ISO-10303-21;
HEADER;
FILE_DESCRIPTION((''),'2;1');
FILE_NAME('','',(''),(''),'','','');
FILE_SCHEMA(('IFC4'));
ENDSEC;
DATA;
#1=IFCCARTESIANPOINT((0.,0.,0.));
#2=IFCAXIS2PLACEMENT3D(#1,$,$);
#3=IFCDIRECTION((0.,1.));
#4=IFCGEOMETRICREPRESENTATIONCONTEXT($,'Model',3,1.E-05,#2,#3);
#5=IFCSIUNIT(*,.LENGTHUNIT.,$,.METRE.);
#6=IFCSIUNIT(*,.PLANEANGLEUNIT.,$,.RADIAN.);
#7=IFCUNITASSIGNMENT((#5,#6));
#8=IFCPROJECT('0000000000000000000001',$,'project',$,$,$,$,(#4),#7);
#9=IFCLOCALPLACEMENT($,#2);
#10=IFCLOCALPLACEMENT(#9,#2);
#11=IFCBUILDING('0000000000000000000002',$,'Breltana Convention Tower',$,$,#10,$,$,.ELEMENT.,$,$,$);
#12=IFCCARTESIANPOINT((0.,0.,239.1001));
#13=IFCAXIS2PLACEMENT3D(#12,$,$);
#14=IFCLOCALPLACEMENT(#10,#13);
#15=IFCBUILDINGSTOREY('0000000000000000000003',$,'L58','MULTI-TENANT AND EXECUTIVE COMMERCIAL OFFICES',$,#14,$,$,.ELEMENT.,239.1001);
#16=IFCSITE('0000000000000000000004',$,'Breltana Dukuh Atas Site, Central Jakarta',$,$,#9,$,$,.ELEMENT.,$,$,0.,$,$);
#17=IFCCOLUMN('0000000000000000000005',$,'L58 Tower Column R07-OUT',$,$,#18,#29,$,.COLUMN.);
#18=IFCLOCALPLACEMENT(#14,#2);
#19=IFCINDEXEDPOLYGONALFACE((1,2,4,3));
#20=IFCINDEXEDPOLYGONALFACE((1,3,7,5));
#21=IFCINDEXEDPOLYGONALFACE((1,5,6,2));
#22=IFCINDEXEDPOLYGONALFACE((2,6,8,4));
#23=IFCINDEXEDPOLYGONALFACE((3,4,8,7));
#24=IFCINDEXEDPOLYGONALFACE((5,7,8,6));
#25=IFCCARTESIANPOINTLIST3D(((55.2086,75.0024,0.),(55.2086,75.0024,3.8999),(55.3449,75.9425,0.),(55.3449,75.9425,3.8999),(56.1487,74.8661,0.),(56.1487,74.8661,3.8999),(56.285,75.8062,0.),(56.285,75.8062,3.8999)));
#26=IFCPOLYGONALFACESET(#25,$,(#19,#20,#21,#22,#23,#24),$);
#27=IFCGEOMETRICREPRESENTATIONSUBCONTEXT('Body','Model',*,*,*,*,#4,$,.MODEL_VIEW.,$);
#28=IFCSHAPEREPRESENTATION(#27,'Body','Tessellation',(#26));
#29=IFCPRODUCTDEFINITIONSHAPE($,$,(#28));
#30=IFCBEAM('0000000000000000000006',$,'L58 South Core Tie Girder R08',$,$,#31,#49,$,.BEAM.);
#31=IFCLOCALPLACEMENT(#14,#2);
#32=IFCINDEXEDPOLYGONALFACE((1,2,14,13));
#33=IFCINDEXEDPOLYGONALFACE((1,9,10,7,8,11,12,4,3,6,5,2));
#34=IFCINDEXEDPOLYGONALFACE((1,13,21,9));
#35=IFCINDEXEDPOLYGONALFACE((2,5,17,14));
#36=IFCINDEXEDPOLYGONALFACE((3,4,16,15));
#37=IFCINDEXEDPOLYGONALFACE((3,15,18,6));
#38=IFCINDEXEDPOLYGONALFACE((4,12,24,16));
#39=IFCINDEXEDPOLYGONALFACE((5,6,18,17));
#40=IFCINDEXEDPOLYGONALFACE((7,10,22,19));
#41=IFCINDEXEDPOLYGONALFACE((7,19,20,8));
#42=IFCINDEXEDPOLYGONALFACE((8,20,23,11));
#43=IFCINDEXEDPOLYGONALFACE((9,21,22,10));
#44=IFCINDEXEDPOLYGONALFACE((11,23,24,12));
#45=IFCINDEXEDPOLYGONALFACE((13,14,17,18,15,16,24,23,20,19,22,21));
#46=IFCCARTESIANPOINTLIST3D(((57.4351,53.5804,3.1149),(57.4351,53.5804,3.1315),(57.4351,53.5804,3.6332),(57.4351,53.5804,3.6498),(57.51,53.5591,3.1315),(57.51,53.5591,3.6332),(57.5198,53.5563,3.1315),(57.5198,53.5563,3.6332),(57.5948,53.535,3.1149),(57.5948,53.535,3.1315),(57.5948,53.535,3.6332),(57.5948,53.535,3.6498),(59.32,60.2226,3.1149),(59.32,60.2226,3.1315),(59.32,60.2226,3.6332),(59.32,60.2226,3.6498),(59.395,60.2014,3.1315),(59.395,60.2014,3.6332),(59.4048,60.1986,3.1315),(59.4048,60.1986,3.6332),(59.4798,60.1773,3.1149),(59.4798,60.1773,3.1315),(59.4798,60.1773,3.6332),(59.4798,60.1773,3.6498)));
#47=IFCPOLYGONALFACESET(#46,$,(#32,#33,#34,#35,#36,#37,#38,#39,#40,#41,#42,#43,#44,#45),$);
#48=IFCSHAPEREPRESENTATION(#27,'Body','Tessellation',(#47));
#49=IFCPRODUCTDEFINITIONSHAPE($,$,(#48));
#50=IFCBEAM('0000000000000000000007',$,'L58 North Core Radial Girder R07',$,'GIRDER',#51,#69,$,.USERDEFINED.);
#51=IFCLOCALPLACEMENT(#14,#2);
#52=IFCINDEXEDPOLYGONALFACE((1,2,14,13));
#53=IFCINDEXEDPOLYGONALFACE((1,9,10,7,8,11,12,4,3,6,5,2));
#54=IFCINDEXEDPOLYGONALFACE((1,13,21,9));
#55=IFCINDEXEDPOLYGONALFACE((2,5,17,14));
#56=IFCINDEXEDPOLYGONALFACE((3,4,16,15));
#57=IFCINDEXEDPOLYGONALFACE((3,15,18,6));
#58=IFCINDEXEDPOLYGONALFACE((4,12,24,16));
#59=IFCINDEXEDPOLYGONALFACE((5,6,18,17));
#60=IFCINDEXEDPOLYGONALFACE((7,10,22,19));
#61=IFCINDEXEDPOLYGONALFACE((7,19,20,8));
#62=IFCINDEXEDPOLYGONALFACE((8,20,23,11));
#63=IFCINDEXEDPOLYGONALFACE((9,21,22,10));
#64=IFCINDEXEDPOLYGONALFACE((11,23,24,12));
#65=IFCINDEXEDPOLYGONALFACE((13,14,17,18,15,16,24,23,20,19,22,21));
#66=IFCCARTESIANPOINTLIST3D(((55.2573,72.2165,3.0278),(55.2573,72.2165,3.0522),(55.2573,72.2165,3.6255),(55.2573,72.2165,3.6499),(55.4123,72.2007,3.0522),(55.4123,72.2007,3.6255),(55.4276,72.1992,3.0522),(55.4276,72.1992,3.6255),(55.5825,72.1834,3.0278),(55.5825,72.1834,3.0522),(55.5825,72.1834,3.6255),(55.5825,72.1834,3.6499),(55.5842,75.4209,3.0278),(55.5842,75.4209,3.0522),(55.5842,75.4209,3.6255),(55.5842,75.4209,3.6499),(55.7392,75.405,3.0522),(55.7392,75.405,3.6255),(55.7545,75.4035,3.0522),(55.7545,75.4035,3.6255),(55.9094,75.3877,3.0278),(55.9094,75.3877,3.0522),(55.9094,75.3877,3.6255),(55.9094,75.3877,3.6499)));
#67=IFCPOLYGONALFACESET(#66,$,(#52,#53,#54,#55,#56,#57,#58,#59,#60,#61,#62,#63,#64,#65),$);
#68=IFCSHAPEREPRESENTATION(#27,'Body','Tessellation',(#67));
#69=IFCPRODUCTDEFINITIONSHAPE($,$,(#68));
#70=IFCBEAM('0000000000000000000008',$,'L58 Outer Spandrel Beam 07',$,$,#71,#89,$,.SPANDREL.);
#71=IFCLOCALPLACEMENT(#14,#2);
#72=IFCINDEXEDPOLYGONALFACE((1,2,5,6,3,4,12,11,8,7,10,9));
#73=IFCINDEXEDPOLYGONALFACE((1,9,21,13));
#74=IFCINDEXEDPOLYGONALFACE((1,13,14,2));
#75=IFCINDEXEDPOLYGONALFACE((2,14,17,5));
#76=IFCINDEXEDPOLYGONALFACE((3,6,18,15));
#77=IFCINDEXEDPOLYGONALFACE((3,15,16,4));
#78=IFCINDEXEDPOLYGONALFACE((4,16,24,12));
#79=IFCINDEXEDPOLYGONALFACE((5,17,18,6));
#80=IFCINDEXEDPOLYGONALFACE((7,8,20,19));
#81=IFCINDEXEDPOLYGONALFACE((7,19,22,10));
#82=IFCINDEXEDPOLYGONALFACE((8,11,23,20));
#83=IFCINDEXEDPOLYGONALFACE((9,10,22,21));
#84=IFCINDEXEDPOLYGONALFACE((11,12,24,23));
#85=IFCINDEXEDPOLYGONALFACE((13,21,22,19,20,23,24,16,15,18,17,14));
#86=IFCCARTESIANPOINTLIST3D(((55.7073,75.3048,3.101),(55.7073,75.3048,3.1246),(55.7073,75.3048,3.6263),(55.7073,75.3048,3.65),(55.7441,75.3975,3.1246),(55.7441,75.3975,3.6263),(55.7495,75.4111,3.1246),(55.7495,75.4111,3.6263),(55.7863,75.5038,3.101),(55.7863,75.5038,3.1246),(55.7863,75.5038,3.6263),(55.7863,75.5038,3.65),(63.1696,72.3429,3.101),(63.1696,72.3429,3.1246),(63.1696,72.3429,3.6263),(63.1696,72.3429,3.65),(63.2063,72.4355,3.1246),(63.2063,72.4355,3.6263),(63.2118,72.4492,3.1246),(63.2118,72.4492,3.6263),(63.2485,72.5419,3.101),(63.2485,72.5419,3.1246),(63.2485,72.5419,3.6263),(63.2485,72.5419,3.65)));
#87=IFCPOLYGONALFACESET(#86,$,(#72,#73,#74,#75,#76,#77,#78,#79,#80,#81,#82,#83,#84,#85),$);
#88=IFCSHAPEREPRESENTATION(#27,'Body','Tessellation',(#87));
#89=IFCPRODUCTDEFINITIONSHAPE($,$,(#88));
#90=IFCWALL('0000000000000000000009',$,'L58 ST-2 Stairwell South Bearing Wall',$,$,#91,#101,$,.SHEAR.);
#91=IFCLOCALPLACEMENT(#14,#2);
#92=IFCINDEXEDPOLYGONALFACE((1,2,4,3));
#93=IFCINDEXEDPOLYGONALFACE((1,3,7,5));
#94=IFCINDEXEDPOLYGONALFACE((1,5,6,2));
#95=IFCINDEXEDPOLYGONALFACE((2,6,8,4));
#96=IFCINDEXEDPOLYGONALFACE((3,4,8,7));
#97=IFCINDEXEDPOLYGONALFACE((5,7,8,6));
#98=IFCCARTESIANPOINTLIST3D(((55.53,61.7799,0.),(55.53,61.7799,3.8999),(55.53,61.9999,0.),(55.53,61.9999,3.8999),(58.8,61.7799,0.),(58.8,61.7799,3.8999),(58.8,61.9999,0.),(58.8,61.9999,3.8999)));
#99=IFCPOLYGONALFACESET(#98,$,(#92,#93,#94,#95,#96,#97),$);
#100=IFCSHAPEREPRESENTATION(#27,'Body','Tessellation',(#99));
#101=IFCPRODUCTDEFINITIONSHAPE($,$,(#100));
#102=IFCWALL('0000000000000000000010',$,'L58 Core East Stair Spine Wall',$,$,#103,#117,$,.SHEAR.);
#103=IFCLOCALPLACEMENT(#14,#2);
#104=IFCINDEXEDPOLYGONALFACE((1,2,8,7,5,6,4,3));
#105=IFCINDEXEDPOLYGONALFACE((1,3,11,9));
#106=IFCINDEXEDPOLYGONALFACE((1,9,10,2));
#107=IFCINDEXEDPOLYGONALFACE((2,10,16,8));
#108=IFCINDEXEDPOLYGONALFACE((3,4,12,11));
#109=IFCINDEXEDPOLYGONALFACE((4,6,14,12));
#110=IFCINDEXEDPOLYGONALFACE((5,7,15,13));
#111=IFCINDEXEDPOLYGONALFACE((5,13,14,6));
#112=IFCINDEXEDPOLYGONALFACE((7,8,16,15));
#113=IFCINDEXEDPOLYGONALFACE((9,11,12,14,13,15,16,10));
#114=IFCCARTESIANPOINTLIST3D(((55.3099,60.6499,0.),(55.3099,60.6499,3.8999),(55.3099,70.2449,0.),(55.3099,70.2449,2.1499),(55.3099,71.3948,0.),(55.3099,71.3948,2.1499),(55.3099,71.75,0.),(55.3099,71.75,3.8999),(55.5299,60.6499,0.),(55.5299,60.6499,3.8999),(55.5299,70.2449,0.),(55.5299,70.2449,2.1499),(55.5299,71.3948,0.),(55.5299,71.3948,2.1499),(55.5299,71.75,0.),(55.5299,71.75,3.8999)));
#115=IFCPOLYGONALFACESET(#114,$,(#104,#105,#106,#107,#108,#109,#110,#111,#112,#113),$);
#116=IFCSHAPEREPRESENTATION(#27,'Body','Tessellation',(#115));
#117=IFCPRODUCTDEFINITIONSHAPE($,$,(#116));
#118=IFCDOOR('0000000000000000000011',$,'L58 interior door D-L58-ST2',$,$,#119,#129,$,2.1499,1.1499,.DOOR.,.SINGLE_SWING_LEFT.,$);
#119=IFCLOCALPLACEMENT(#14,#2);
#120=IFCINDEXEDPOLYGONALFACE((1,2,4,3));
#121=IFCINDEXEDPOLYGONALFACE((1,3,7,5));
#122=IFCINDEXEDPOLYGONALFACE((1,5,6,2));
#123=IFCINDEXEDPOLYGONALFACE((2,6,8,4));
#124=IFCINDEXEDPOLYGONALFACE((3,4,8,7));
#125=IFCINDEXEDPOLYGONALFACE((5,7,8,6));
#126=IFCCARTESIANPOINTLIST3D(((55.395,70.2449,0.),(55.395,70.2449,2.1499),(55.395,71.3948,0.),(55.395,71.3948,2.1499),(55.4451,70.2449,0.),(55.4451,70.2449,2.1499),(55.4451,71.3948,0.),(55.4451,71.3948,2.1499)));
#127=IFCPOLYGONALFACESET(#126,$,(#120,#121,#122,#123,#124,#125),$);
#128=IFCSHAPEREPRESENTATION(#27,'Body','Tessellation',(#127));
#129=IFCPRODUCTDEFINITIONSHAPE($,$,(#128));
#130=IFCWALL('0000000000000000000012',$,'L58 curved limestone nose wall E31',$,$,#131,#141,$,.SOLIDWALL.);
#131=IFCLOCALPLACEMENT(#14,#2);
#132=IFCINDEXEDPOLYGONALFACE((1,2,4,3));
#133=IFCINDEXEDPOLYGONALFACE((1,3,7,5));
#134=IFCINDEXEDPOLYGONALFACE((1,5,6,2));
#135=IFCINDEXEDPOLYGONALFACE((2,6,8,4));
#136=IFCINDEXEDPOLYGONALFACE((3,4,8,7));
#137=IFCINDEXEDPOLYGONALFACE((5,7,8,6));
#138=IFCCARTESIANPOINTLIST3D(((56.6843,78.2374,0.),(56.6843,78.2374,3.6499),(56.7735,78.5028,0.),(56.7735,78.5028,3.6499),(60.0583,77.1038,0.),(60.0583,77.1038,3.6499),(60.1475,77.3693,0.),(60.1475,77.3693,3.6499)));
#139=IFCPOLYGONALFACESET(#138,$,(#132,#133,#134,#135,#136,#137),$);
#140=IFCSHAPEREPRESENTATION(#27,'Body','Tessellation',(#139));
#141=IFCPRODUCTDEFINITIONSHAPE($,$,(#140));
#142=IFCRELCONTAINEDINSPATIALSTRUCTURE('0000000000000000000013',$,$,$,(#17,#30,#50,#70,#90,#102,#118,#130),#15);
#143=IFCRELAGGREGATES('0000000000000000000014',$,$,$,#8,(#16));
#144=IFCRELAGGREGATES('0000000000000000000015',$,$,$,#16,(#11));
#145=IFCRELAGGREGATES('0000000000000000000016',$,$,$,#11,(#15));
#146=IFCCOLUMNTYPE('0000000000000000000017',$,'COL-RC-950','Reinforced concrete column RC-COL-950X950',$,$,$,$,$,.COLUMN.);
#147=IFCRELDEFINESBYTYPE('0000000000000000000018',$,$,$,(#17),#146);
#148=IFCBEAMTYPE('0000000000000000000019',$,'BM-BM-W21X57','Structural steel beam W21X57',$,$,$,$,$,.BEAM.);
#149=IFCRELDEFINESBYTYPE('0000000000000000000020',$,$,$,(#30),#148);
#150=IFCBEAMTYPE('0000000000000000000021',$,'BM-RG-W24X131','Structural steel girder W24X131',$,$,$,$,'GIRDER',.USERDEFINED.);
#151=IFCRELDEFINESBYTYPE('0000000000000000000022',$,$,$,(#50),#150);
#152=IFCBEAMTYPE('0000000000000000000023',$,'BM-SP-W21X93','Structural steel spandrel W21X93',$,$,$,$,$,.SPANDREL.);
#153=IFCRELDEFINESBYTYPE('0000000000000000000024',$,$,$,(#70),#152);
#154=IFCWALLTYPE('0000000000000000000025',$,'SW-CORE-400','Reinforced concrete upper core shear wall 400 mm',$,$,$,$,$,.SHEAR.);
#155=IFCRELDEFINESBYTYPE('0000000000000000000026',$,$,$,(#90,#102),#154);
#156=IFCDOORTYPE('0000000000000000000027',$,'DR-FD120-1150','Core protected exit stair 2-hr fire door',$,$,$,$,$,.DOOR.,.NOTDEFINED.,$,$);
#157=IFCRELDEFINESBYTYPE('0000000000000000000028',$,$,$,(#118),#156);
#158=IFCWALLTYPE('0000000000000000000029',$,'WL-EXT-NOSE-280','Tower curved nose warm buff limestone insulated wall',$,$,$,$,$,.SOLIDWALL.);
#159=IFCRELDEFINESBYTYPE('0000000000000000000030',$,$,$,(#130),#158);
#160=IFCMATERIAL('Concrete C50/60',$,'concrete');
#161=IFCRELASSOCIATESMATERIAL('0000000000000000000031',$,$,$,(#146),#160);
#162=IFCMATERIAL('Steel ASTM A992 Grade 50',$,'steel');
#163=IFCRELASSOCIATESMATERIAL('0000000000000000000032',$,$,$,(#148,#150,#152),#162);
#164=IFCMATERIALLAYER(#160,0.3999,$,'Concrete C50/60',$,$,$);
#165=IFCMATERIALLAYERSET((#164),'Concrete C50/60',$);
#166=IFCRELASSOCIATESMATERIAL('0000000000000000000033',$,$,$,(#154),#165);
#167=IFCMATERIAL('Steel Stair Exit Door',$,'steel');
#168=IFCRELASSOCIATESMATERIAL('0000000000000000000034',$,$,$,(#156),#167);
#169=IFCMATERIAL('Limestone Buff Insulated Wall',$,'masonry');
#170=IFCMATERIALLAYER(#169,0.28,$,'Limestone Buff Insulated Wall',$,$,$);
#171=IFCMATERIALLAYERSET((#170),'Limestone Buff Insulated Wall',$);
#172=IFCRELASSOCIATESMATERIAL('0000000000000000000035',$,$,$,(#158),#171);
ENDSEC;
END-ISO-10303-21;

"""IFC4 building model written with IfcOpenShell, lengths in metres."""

from ifc_helpers import new_model, si_unit, direction, frame, frame_2d, origin, origin_2d, place, context, subcontext, project, spatial, rectangle, i_section, extrude, source, transform, mapped, material, layer, layer_set, material_profile, profile_set, type_object, type_shapes, element, fill, save


model = new_model("IFC4")

# Units and contexts
model_context = context("Model", 3, precision=1e-05, world=origin(), true_north=direction((0.0, 1.0)))
body_context = subcontext(model_context, "Body", "Model", "MODEL_VIEW")
ifc_project = project(units=[si_unit("LENGTHUNIT", "METRE"), si_unit("PLANEANGLEUNIT", "RADIAN")], contexts=[model_context])

# Site, building, storey
site_placement = place(None, origin())
site = spatial("IfcSite", under=ifc_project, at=site_placement, Name="Breltana Dukuh Atas Site, Central Jakarta", CompositionType="ELEMENT", RefElevation=0.0)
building_placement = place(site_placement, origin())
building = spatial("IfcBuilding", under=site, at=building_placement, Name="Breltana Convention Tower", CompositionType="ELEMENT")
storey_placement = place(building_placement, frame((0.0, 0.0, 239.1001)))
storey = spatial("IfcBuildingStorey", under=building, at=storey_placement, Name="L58", Description="MULTI-TENANT AND EXECUTIVE COMMERCIAL OFFICES", CompositionType="ELEMENT", Elevation=239.1001)

# Column
ifc_material_1 = material(Name="Concrete C50/60", Category="concrete")
ifc_material_profile_1 = material_profile(ifc_material_1, rectangle(XDim=0.95, YDim=0.95, at=origin_2d()), Name="RC-COL-950X950")
ifc_profile_set_1 = profile_set([ifc_material_profile_1], Name="Concrete C50/60")
column_type = type_object("IfcColumnType", Name="COL-RC-950", Description="Reinforced concrete column RC-COL-950X950", PredefinedType="COLUMN", material=ifc_profile_set_1)
shared_shape_1 = source(origin(), body_context, "Body", "SweptSolid", [
    extrude(rectangle(XDim=0.95, YDim=0.95, at=origin_2d()), origin(), (0.0, 0.0, 1.0), 3.8999),
])
column_placement = place(storey_placement, frame((55.7468, 75.4043, 0.0), z_axis=(0.0, 0.0, 1.0), x_axis=(0.143493, 0.989651, 0.0)))
element("IfcColumn", 1, at=column_placement, inside=storey, type_object=column_type, Name="L58 Tower Column R07-OUT", PredefinedType="COLUMN", context=body_context, shape_type="MappedRepresentation", body=[
    mapped(shared_shape_1, transform((0.0, 0.0, 0.0), scale=1.0)),
])

# Beams
ifc_material_2 = material(Name="Steel ASTM A992 Grade 50", Category="steel")
ifc_material_profile_2 = material_profile(ifc_material_2, i_section(OverallWidth=0.166, OverallDepth=0.5349, WebThickness=0.0103, FlangeThickness=0.0166, at=origin_2d()), Name="W21X57")
ifc_profile_set_2 = profile_set([ifc_material_profile_2], Name="Steel ASTM A992 Grade 50")
beam_type_1 = type_object("IfcBeamType", Name="BM-BM-W21X57", Description="Structural steel beam W21X57", PredefinedType="BEAM", material=ifc_profile_set_2)
shared_shape_2 = source(origin(), body_context, "Body", "SweptSolid", [
    extrude(i_section(OverallWidth=0.166, OverallDepth=0.5349, WebThickness=0.0103, FlangeThickness=0.0166, at=origin_2d()), origin(), (0.0, 0.0, 1.0), 6.9045),
])
type_shapes(beam_type_1, [shared_shape_2])
beam_1_placement = place(storey_placement, frame((59.3999, 60.2, 3.3823), z_axis=(-0.273007, -0.962012, 0.0), x_axis=(0.962012, -0.273007, 0.0)))
element("IfcBeam", 2, at=beam_1_placement, inside=storey, type_object=beam_type_1, Name="L58 South Core Tie Girder R08", PredefinedType="BEAM", context=body_context, shape_type="MappedRepresentation", body=[
    mapped(shared_shape_2, transform((0.0, 0.0, 0.0), scale=1.0)),
])
ifc_material_profile_3 = material_profile(ifc_material_2, i_section(OverallWidth=0.3269, OverallDepth=0.6221, WebThickness=0.0154, FlangeThickness=0.0244, at=origin_2d()), Name="W24X131")
ifc_profile_set_3 = profile_set([ifc_material_profile_3], Name="Steel ASTM A992 Grade 50")
beam_type_2 = type_object("IfcBeamType", Name="BM-RG-W24X131", Description="Structural steel girder W24X131", ElementType="GIRDER", PredefinedType="USERDEFINED", material=ifc_profile_set_3)
shared_shape_3 = source(origin(), body_context, "Body", "SweptSolid", [
    extrude(i_section(OverallWidth=0.3269, OverallDepth=0.6221, WebThickness=0.0154, FlangeThickness=0.0244, at=origin_2d()), origin(), (0.0, 0.0, 1.0), 3.2209),
])
beam_2_placement = place(storey_placement, frame((55.4199, 72.2, 3.3389), z_axis=(0.101492, 0.994836, 0.0), x_axis=(-0.994836, 0.101492, 0.0)))
element("IfcBeam", 3, at=beam_2_placement, inside=storey, type_object=beam_type_2, Name="L58 North Core Radial Girder R07", ObjectType="GIRDER", PredefinedType="USERDEFINED", context=body_context, shape_type="MappedRepresentation", body=[
    mapped(shared_shape_3, transform((0.0, 0.0, 0.0), scale=1.0)),
])
ifc_material_profile_4 = material_profile(ifc_material_2, i_section(OverallWidth=0.2141, OverallDepth=0.5491, WebThickness=0.0146, FlangeThickness=0.0237, at=origin_2d()), Name="W21X93")
ifc_profile_set_4 = profile_set([ifc_material_profile_4], Name="Steel ASTM A992 Grade 50")
beam_type_3 = type_object("IfcBeamType", Name="BM-SP-W21X93", Description="Structural steel spandrel W21X93", PredefinedType="SPANDREL", material=ifc_profile_set_4)
shared_shape_4 = source(origin(), body_context, "Body", "SweptSolid", [
    extrude(i_section(OverallWidth=0.2141, OverallDepth=0.5491, WebThickness=0.0146, FlangeThickness=0.0237, at=origin_2d()), origin(), (0.0, 0.0, 1.0), 8.0286),
])
beam_3_placement = place(storey_placement, frame((55.7468, 75.4043, 3.3755), z_axis=(0.929459, -0.368925, 0.0), x_axis=(0.368925, 0.929459, 0.0)))
element("IfcBeam", 4, at=beam_3_placement, inside=storey, type_object=beam_type_3, Name="L58 Outer Spandrel Beam 07", PredefinedType="SPANDREL", context=body_context, shape_type="MappedRepresentation", body=[
    mapped(shared_shape_4, transform((0.0, 0.0, 0.0), scale=1.0)),
])

# Wall
ifc_layer_1 = layer(ifc_material_1, 0.3999, Name="Concrete C50/60")
ifc_layer_set_1 = layer_set([ifc_layer_1], Name="Concrete C50/60")
wall_type_1 = type_object("IfcWallType", Name="SW-CORE-400", Description="Reinforced concrete upper core shear wall 400 mm", PredefinedType="SHEAR", material=ifc_layer_set_1)
shared_shape_5 = source(origin(), body_context, "Body", "SweptSolid", [
    extrude(rectangle(XDim=3.27, YDim=0.22, at=frame_2d((1.635, 0.0))), origin(), (0.0, 0.0, 1.0), 3.8999),
])
wall_1_placement = place(storey_placement, frame((55.53, 61.8899, 0.0), z_axis=(0.0, 0.0, 1.0), x_axis=(1.0, 0.0, 0.0)))
element("IfcWall", 5, at=wall_1_placement, inside=storey, type_object=wall_type_1, Name="L58 ST-2 Stairwell South Bearing Wall", PredefinedType="SHEAR", context=body_context, shape_type="MappedRepresentation", body=[
    mapped(shared_shape_5, transform((0.0, 0.0, 0.0), scale=1.0)),
])

# Wall, opening, door
shared_shape_6 = source(origin(), body_context, "Body", "SweptSolid", [
    extrude(rectangle(XDim=11.1001, YDim=0.22, at=frame_2d((5.55, 0.0))), origin(), (0.0, 0.0, 1.0), 3.8999),
])
wall_2_placement = place(storey_placement, frame((55.4199, 60.6499, 0.0), z_axis=(0.0, 0.0, 1.0), x_axis=(0.0, 1.0, 0.0)))
wall_2 = element("IfcWall", 6, at=wall_2_placement, inside=storey, type_object=wall_type_1, Name="L58 Core East Stair Spine Wall", PredefinedType="SHEAR", context=body_context, shape_type="MappedRepresentation", body=[
    mapped(shared_shape_6, transform((0.0, 0.0, 0.0), scale=1.0)),
])
opening_1_placement = place(wall_2_placement, frame((9.595, 0.0, 0.0)))
opening_1 = element("IfcOpeningElement", 7, at=opening_1_placement, cuts=wall_2, PredefinedType="OPENING", context=body_context, shape_type="SweptSolid", body=[
    extrude(rectangle(XDim=1.1499, YDim=2.1499, at=frame_2d((0.575, 1.075))), frame((0.0, 0.1201, 0.0), z_axis=(0.0, -1.0, 0.0), x_axis=(1.0, 0.0, 0.0)), (0.0, 0.0, 1.0), 0.24),
])
ifc_material_3 = material(Name="Steel Stair Exit Door", Category="steel")
door_type_1 = type_object("IfcDoorType", Name="DR-FD120-1150", Description="Core protected exit stair 2-hr fire door", OperationType="NOTDEFINED", PredefinedType="DOOR", material=ifc_material_3)
shared_shape_7 = source(origin(), body_context, "Body", "SweptSolid", [
    extrude(rectangle(XDim=1.1499, YDim=2.1499, at=frame_2d((0.575, 1.075))), frame((0.0, 0.0249, 0.0), z_axis=(0.0, -1.0, 0.0), x_axis=(1.0, 0.0, 0.0)), (0.0, 0.0, 1.0), 0.05),
])
type_shapes(door_type_1, [shared_shape_7])
door_1_placement = place(opening_1_placement, origin())
door_1 = element("IfcDoor", 8, at=door_1_placement, inside=storey, type_object=door_type_1, Name="L58 interior door D-L58-ST2", OperationType="SINGLE_SWING_LEFT", OverallHeight=2.1499, OverallWidth=1.1499, PredefinedType="DOOR", context=body_context, shape_type="MappedRepresentation", body=[
    mapped(shared_shape_7, transform((0.0, 0.0, 0.0), scale=1.0)),
])
fill(opening_1, door_1)

# Wall
ifc_material_4 = material(Name="Limestone Buff Insulated Wall", Category="masonry")
ifc_layer_2 = layer(ifc_material_4, 0.28, Name="Limestone Buff Insulated Wall")
ifc_layer_set_2 = layer_set([ifc_layer_2], Name="Limestone Buff Insulated Wall")
wall_type_2 = type_object("IfcWallType", Name="WL-EXT-NOSE-280", Description="Tower curved nose warm buff limestone insulated wall", PredefinedType="SOLIDWALL", material=ifc_layer_set_2)
shared_shape_8 = source(origin(), body_context, "Body", "SweptSolid", [
    extrude(rectangle(XDim=3.5593, YDim=0.28, at=frame_2d((1.7798, 0.0))), origin(), (0.0, 0.0, 1.0), 3.6499),
])
wall_3_placement = place(storey_placement, frame((56.7288, 78.3701, 0.0), z_axis=(0.0, 0.0, 1.0), x_axis=(0.947933, -0.31847, 0.0)))
element("IfcWall", 9, at=wall_3_placement, inside=storey, type_object=wall_type_2, Name="L58 curved limestone nose wall E31", PredefinedType="SOLIDWALL", context=body_context, shape_type="MappedRepresentation", body=[
    mapped(shared_shape_8, transform((0.0, 0.0, 0.0), scale=1.0)),
])

save(model, "model.ifc")
